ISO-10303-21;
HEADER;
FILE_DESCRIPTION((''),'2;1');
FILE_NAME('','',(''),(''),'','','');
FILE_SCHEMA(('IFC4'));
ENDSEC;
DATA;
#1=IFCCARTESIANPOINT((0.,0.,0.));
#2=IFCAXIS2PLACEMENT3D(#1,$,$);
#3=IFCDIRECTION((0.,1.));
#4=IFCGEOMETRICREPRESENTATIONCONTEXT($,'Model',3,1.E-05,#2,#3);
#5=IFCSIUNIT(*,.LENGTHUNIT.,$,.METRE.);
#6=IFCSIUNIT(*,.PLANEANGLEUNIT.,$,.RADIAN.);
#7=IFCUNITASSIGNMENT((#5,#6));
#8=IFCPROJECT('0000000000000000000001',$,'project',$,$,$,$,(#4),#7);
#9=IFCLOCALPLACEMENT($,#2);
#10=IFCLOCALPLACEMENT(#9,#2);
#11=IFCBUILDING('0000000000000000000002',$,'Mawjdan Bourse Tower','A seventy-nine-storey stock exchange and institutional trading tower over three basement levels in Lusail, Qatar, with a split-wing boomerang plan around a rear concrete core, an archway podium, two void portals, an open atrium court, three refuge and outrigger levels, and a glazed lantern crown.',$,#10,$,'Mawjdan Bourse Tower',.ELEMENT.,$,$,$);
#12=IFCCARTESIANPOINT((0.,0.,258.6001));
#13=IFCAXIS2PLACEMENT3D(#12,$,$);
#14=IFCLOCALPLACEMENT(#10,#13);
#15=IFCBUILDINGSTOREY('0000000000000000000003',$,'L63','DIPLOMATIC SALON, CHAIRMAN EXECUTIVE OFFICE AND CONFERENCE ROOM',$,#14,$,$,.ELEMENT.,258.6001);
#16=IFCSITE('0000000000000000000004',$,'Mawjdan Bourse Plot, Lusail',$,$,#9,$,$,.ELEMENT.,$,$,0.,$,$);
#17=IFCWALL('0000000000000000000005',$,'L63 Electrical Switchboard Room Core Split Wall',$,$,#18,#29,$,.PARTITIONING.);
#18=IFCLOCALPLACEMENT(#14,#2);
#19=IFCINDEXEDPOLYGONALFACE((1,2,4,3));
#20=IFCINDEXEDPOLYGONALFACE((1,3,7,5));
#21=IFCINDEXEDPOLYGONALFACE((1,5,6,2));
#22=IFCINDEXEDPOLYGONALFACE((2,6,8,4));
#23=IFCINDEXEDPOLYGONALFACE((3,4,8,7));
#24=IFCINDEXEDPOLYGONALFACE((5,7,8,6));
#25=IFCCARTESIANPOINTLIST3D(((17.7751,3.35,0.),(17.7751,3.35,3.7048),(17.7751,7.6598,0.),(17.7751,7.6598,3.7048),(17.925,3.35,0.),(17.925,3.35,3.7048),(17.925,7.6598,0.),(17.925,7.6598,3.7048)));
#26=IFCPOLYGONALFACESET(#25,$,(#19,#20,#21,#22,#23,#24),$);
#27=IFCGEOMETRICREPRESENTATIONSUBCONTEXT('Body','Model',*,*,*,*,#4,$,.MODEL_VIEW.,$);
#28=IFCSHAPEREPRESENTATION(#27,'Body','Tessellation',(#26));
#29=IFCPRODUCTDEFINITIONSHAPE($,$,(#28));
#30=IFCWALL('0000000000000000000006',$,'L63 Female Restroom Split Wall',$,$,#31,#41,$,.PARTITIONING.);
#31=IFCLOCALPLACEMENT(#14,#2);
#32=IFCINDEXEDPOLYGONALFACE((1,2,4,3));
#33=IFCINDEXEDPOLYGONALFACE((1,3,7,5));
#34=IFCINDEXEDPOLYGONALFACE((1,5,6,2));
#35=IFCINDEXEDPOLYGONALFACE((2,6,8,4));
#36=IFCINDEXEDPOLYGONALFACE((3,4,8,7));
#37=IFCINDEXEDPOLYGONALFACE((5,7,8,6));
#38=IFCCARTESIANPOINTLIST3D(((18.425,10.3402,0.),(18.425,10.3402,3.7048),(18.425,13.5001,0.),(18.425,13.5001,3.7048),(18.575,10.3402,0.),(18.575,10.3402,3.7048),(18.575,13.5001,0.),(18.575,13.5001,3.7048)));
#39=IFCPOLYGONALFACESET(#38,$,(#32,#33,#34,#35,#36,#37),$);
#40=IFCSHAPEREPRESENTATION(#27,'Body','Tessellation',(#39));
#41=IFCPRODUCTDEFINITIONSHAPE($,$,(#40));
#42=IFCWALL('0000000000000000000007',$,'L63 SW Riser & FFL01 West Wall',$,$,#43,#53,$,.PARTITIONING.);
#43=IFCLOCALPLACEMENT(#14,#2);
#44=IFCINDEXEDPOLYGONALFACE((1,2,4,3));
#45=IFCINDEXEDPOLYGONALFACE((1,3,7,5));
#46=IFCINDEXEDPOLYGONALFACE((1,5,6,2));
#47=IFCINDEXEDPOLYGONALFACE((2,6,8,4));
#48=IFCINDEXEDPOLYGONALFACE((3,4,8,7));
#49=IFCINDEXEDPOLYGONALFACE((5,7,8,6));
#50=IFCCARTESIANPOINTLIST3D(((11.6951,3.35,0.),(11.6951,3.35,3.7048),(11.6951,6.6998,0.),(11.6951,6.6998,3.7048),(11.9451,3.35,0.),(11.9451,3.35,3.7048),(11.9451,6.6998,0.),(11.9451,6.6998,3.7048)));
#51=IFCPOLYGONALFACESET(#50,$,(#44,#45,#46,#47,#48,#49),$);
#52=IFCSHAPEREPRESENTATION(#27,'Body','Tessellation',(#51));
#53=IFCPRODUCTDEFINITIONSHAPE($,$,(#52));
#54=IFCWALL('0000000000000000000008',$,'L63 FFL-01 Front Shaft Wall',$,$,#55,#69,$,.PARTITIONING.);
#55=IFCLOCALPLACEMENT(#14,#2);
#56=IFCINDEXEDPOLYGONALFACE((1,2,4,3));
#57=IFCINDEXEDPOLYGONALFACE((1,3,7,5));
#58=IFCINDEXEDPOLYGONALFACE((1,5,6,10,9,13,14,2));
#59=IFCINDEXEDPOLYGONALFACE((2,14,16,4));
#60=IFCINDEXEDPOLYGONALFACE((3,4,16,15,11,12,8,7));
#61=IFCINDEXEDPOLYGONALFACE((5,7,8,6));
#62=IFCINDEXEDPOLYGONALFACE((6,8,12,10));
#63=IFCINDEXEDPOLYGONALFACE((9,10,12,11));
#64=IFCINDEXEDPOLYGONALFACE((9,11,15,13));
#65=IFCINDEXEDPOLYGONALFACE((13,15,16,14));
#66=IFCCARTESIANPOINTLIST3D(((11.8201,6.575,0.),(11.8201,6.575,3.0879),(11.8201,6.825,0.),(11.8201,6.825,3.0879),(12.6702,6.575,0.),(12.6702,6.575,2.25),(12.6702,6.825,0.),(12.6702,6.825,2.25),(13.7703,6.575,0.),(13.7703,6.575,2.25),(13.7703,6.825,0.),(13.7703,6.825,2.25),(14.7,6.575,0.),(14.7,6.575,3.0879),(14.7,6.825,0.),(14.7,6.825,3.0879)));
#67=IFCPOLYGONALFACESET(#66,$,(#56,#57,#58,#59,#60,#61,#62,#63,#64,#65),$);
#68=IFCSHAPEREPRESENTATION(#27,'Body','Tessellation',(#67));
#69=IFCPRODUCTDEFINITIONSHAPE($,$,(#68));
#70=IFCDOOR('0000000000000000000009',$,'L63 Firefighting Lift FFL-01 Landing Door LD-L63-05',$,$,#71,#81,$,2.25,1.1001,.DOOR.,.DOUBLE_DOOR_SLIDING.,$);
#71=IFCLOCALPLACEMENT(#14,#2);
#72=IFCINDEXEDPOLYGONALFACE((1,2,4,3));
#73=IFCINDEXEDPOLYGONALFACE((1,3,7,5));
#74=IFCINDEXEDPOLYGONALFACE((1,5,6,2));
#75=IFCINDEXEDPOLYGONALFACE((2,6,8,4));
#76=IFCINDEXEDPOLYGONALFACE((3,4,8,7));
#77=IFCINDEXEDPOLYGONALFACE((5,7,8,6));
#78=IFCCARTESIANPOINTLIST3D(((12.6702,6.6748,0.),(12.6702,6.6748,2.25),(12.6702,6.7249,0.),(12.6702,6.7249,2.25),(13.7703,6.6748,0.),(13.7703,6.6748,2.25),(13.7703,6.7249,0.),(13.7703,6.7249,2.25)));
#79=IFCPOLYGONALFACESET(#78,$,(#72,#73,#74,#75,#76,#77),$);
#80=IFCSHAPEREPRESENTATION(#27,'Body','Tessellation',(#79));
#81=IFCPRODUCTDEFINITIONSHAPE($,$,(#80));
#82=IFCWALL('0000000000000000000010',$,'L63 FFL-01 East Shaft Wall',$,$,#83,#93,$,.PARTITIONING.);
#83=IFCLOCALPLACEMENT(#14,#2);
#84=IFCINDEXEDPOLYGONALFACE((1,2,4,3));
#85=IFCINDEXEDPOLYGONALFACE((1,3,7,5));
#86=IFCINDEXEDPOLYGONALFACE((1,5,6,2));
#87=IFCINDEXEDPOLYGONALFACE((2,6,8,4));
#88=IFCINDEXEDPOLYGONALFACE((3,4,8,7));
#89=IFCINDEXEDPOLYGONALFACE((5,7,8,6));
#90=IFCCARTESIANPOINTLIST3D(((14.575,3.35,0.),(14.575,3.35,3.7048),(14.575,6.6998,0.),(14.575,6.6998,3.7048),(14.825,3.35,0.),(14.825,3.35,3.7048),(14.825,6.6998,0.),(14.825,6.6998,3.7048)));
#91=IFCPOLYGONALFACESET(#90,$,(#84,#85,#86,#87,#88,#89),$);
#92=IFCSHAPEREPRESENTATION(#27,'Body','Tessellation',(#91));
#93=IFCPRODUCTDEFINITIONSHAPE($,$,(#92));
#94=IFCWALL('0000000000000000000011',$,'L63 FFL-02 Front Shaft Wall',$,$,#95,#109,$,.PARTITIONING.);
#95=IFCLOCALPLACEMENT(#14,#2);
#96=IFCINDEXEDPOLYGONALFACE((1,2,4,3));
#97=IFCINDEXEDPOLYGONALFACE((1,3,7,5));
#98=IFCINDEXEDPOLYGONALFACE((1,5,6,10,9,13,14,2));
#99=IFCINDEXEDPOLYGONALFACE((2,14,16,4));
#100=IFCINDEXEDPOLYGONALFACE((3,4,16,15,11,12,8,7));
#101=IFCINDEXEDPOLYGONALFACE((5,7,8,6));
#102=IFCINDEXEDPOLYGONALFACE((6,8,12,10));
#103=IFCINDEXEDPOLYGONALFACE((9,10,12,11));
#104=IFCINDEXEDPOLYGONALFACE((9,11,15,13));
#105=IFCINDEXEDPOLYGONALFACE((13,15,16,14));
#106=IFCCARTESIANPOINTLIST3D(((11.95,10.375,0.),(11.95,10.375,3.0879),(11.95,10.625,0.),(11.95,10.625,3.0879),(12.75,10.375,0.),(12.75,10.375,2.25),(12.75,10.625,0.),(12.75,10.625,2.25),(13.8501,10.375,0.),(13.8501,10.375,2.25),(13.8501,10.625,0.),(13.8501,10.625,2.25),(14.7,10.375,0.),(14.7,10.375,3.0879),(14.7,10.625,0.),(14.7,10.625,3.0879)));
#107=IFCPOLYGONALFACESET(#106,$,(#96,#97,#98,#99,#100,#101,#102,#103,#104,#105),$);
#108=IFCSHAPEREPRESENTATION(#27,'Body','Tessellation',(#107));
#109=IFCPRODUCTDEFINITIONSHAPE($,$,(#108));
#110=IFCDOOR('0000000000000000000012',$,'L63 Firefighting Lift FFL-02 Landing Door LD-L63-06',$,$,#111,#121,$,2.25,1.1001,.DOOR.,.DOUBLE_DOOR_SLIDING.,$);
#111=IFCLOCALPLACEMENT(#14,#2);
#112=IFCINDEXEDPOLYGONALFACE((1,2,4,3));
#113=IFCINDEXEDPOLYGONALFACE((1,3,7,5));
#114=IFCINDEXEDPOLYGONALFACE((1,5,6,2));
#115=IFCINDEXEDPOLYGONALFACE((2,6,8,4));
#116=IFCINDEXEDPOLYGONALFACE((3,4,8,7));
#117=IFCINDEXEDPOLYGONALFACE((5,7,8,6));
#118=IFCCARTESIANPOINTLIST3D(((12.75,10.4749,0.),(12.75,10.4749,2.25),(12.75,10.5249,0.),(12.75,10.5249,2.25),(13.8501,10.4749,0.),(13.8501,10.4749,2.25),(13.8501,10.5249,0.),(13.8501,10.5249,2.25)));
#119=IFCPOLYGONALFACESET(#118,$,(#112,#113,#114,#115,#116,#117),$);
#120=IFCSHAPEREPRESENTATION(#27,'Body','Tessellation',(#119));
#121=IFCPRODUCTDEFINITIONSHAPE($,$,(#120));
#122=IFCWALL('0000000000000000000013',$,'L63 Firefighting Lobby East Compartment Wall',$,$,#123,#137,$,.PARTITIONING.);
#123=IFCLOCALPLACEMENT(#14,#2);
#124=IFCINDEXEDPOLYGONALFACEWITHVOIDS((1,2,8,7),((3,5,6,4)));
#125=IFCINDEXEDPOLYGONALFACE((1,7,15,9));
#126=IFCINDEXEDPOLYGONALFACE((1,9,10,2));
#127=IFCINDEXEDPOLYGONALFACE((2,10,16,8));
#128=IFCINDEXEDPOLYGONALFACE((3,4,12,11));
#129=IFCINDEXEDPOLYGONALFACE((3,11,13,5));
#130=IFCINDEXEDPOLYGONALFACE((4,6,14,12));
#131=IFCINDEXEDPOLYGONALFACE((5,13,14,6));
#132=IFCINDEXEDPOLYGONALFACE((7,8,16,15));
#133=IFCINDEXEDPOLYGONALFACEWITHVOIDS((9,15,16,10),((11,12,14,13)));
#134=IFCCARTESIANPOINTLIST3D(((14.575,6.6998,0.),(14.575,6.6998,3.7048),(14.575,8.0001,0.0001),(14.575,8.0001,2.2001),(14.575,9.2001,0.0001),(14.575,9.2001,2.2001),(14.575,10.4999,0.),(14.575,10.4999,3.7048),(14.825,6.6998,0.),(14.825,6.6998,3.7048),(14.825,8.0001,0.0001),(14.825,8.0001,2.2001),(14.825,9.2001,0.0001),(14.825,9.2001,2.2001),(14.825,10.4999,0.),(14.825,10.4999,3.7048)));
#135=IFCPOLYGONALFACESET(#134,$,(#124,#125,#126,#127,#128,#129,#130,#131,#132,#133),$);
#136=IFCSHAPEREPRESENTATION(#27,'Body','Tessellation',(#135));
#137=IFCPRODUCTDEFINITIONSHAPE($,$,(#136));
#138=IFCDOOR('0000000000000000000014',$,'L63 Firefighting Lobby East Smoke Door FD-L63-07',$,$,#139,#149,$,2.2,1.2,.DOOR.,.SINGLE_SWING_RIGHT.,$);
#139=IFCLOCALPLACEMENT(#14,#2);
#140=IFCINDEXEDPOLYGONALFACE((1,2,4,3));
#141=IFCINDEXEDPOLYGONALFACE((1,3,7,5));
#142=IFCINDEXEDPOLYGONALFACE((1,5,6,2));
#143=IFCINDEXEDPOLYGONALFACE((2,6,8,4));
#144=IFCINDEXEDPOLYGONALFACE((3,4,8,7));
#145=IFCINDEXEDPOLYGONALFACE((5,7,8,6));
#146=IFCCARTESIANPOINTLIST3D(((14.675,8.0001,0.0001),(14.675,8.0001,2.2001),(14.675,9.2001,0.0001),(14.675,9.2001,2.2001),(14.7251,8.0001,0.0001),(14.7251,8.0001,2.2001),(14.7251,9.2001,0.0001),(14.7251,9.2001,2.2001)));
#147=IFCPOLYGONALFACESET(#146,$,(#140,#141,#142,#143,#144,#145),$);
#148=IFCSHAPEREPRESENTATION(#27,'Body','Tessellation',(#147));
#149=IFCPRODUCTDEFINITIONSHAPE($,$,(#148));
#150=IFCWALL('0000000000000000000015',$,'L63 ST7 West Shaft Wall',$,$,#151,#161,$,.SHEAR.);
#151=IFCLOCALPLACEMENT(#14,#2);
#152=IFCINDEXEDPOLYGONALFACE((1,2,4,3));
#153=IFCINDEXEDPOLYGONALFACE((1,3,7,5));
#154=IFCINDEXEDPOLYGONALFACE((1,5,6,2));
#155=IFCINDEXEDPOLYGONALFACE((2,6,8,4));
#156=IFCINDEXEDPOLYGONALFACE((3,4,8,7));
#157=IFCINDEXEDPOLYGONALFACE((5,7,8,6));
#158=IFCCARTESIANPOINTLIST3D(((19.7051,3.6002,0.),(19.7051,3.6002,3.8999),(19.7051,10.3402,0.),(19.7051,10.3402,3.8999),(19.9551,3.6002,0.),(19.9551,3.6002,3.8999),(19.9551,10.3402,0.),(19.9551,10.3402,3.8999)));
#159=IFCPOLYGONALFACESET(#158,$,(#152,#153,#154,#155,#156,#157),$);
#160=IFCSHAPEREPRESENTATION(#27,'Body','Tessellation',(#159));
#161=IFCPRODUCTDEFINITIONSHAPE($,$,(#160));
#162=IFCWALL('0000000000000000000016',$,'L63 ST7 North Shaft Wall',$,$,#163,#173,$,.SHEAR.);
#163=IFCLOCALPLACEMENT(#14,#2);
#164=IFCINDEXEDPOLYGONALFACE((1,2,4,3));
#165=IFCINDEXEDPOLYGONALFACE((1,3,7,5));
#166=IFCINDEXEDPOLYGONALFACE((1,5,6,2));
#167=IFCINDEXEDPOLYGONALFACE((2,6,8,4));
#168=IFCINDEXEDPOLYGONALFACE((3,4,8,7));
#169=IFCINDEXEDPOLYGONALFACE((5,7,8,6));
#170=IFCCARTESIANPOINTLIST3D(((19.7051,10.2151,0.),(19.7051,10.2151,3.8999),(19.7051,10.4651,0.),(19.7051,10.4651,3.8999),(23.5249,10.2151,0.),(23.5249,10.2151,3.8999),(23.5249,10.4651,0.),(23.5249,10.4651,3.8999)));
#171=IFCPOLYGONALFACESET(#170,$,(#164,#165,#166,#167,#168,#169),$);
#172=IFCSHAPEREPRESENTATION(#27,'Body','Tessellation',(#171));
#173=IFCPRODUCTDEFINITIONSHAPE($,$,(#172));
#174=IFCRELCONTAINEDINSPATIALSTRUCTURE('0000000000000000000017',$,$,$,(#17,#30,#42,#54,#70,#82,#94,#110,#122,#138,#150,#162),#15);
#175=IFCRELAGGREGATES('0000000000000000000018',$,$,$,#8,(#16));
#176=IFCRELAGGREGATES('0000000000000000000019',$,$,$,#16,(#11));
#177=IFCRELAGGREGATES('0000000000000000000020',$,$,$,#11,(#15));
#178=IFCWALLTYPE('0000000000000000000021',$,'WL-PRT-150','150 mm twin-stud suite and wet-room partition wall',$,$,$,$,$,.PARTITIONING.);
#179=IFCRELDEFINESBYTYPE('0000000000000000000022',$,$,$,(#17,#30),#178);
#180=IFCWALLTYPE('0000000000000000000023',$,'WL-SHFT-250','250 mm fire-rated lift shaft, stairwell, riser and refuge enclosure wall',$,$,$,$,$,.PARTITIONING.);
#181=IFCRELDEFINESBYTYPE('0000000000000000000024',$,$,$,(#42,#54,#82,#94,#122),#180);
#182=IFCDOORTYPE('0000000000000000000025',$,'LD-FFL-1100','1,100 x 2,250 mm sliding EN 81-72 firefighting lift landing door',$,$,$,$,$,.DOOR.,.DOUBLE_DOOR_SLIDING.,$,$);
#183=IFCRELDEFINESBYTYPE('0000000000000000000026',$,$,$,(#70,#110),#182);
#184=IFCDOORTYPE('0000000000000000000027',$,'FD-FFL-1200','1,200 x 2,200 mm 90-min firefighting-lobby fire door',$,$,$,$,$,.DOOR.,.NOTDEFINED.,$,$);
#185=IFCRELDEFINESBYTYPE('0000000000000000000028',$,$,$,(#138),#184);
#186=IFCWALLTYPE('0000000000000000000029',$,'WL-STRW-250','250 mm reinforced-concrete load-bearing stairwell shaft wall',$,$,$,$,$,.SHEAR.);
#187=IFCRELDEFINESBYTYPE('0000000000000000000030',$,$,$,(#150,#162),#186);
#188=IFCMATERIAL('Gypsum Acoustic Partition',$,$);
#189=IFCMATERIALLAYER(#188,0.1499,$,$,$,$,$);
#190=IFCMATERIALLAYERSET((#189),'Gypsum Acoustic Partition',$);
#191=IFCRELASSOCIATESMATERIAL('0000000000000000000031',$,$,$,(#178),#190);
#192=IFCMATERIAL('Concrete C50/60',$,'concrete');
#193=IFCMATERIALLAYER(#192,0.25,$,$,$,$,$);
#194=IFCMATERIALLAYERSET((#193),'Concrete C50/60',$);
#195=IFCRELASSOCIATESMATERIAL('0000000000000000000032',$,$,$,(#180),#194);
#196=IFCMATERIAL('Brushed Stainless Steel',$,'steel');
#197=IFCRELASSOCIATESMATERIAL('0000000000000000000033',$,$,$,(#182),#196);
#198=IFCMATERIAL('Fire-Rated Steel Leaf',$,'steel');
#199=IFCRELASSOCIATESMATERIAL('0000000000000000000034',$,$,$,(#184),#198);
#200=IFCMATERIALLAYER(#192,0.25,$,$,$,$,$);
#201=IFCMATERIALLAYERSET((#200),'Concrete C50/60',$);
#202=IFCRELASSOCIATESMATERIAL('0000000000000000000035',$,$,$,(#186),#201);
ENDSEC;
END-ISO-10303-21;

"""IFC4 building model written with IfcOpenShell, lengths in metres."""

from ifc_helpers import new_model, si_unit, direction, frame, frame_2d, origin, place, context, subcontext, project, spatial, rectangle, extrude, material, layer, layer_set, type_object, element, fill, save


model = new_model("IFC4")

# Units and contexts
model_context = context("Model", 3, precision=1e-05, world=origin(), true_north=direction((0.0, 1.0)))
body_context = subcontext(model_context, "Body", "Model", "MODEL_VIEW")
ifc_project = project(units=[si_unit("LENGTHUNIT", "METRE"), si_unit("PLANEANGLEUNIT", "RADIAN")], contexts=[model_context])

# Site, building, storey
site_placement = place(None, origin())
site = spatial("IfcSite", under=ifc_project, at=site_placement, Name="Mawjdan Bourse Plot, Lusail", CompositionType="ELEMENT", RefElevation=0.0)
building_placement = place(site_placement, origin())
building = spatial("IfcBuilding", under=site, at=building_placement, Name="Mawjdan Bourse Tower", Description="A seventy-nine-storey stock exchange and institutional trading tower over three basement levels in Lusail, Qatar, with a split-wing boomerang plan around a rear concrete core, an archway podium, two void portals, an open atrium court, three refuge and outrigger levels, and a glazed lantern crown.", LongName="Mawjdan Bourse Tower", CompositionType="ELEMENT")
storey_placement = place(building_placement, frame((0.0, 0.0, 258.6001)))
storey = spatial("IfcBuildingStorey", under=building, at=storey_placement, Name="L63", Description="DIPLOMATIC SALON, CHAIRMAN EXECUTIVE OFFICE AND CONFERENCE ROOM", CompositionType="ELEMENT", Elevation=258.6001)

# Walls
ifc_material_1 = material(Name="Gypsum Acoustic Partition")
ifc_layer_1 = layer(ifc_material_1, 0.1499)
ifc_layer_set_1 = layer_set([ifc_layer_1], Name="Gypsum Acoustic Partition")
wall_type_1 = type_object("IfcWallType", Name="WL-PRT-150", Description="150 mm twin-stud suite and wet-room partition wall", PredefinedType="PARTITIONING", material=ifc_layer_set_1)
wall_1_placement = place(storey_placement, frame((17.8501, 3.3501, 0.0), z_axis=(0.0, 0.0, 1.0), x_axis=(0.0, 1.0, 0.0)))
element("IfcWall", 1, at=wall_1_placement, inside=storey, type_object=wall_type_1, Name="L63 Electrical Switchboard Room Core Split Wall", PredefinedType="PARTITIONING", context=body_context, shape_type="SweptSolid", body=[
    extrude(rectangle(XDim=4.3098, YDim=0.1499, at=frame_2d((2.1548, 0.0))), origin(), (0.0, 0.0, 1.0), 3.7048),
])
wall_2_placement = place(storey_placement, frame((18.5, 10.3401, 0.0), z_axis=(0.0, 0.0, 1.0), x_axis=(0.0, 1.0, 0.0)))
element("IfcWall", 2, at=wall_2_placement, inside=storey, type_object=wall_type_1, Name="L63 Female Restroom Split Wall", PredefinedType="PARTITIONING", context=body_context, shape_type="SweptSolid", body=[
    extrude(rectangle(XDim=3.1599, YDim=0.1499, at=frame_2d((1.5801, 0.0))), origin(), (0.0, 0.0, 1.0), 3.7048),
])
ifc_material_2 = material(Name="Concrete C50/60", Category="concrete")
ifc_layer_2 = layer(ifc_material_2, 0.25)
ifc_layer_set_2 = layer_set([ifc_layer_2], Name="Concrete C50/60")
wall_type_2 = type_object("IfcWallType", Name="WL-SHFT-250", Description="250 mm fire-rated lift shaft, stairwell, riser and refuge enclosure wall", PredefinedType="PARTITIONING", material=ifc_layer_set_2)
wall_3_placement = place(storey_placement, frame((11.8201, 3.3501, 0.0), z_axis=(0.0, 0.0, 1.0), x_axis=(0.0, 1.0, 0.0)))
element("IfcWall", 3, at=wall_3_placement, inside=storey, type_object=wall_type_2, Name="L63 SW Riser & FFL01 West Wall", PredefinedType="PARTITIONING", context=body_context, shape_type="SweptSolid", body=[
    extrude(rectangle(XDim=3.3499, YDim=0.25, at=frame_2d((1.6748, 0.0))), origin(), (0.0, 0.0, 1.0), 3.7048),
])

# Wall, opening, door
wall_4_placement = place(storey_placement, frame((11.8201, 6.7, 0.0), z_axis=(0.0, 0.0, 1.0), x_axis=(1.0, 0.0, 0.0)))
wall_4 = element("IfcWall", 4, at=wall_4_placement, inside=storey, type_object=wall_type_2, Name="L63 FFL-01 Front Shaft Wall", PredefinedType="PARTITIONING", context=body_context, shape_type="SweptSolid", body=[
    extrude(rectangle(XDim=2.8799, YDim=0.25, at=frame_2d((1.4399, 0.0))), origin(), (0.0, 0.0, 1.0), 3.0879),
])
opening_1_placement = place(wall_4_placement, frame((0.8501, 0.0, 0.0)))
opening_1 = element("IfcOpeningElement", 5, at=opening_1_placement, cuts=wall_4, PredefinedType="OPENING", context=body_context, shape_type="SweptSolid", body=[
    extrude(rectangle(XDim=1.1001, YDim=2.25, at=frame_2d((0.55, 1.125))), frame((0.0, 0.135, 0.0), z_axis=(0.0, -1.0, 0.0), x_axis=(1.0, 0.0, 0.0)), (0.0, 0.0, 1.0), 0.27),
])
ifc_material_3 = material(Name="Brushed Stainless Steel", Category="steel")
door_type_1 = type_object("IfcDoorType", Name="LD-FFL-1100", Description="1,100 x 2,250 mm sliding EN 81-72 firefighting lift landing door", OperationType="DOUBLE_DOOR_SLIDING", PredefinedType="DOOR", material=ifc_material_3)
door_1_placement = place(opening_1_placement, origin())
door_1 = element("IfcDoor", 6, at=door_1_placement, inside=storey, type_object=door_type_1, Name="L63 Firefighting Lift FFL-01 Landing Door LD-L63-05", OperationType="DOUBLE_DOOR_SLIDING", OverallHeight=2.25, OverallWidth=1.1001, PredefinedType="DOOR", context=body_context, shape_type="SweptSolid", body=[
    extrude(rectangle(XDim=1.1001, YDim=2.25, at=frame_2d((0.55, 1.125))), frame((0.0, 0.0249, 0.0), z_axis=(0.0, -1.0, 0.0), x_axis=(1.0, 0.0, 0.0)), (0.0, 0.0, 1.0), 0.05),
])
fill(opening_1, door_1)

# Wall
wall_5_placement = place(storey_placement, frame((14.7, 3.3501, 0.0), z_axis=(0.0, 0.0, 1.0), x_axis=(0.0, 1.0, 0.0)))
element("IfcWall", 7, at=wall_5_placement, inside=storey, type_object=wall_type_2, Name="L63 FFL-01 East Shaft Wall", PredefinedType="PARTITIONING", context=body_context, shape_type="SweptSolid", body=[
    extrude(rectangle(XDim=3.3499, YDim=0.25, at=frame_2d((1.6748, 0.0))), origin(), (0.0, 0.0, 1.0), 3.7048),
])

# Walls, openings, doors
wall_6_placement = place(storey_placement, frame((11.95, 10.5, 0.0), z_axis=(0.0, 0.0, 1.0), x_axis=(1.0, 0.0, 0.0)))
wall_6 = element("IfcWall", 8, at=wall_6_placement, inside=storey, type_object=wall_type_2, Name="L63 FFL-02 Front Shaft Wall", PredefinedType="PARTITIONING", context=body_context, shape_type="SweptSolid", body=[
    extrude(rectangle(XDim=2.75, YDim=0.25, at=frame_2d((1.375, 0.0))), origin(), (0.0, 0.0, 1.0), 3.0879),
])
opening_2_placement = place(wall_6_placement, frame((0.8, 0.0, 0.0)))
opening_2 = element("IfcOpeningElement", 9, at=opening_2_placement, cuts=wall_6, PredefinedType="OPENING", context=body_context, shape_type="SweptSolid", body=[
    extrude(rectangle(XDim=1.1001, YDim=2.25, at=frame_2d((0.55, 1.125))), frame((0.0, 0.135, 0.0), z_axis=(0.0, -1.0, 0.0), x_axis=(1.0, 0.0, 0.0)), (0.0, 0.0, 1.0), 0.27),
])
door_2_placement = place(opening_2_placement, origin())
door_2 = element("IfcDoor", 10, at=door_2_placement, inside=storey, type_object=door_type_1, Name="L63 Firefighting Lift FFL-02 Landing Door LD-L63-06", OperationType="DOUBLE_DOOR_SLIDING", OverallHeight=2.25, OverallWidth=1.1001, PredefinedType="DOOR", context=body_context, shape_type="SweptSolid", body=[
    extrude(rectangle(XDim=1.1001, YDim=2.25, at=frame_2d((0.55, 1.125))), frame((0.0, 0.0249, 0.0), z_axis=(0.0, -1.0, 0.0), x_axis=(1.0, 0.0, 0.0)), (0.0, 0.0, 1.0), 0.05),
])
fill(opening_2, door_2)
wall_7_placement = place(storey_placement, frame((14.7, 6.7, 0.0), z_axis=(0.0, 0.0, 1.0), x_axis=(0.0, 1.0, 0.0)))
wall_7 = element("IfcWall", 11, at=wall_7_placement, inside=storey, type_object=wall_type_2, Name="L63 Firefighting Lobby East Compartment Wall", PredefinedType="PARTITIONING", context=body_context, shape_type="SweptSolid", body=[
    extrude(rectangle(XDim=3.8, YDim=0.25, at=frame_2d((1.8999, 0.0))), origin(), (0.0, 0.0, 1.0), 3.7048),
])
opening_3_placement = place(wall_7_placement, frame((1.3, 0.0, 0.0)))
opening_3 = element("IfcOpeningElement", 12, at=opening_3_placement, cuts=wall_7, PredefinedType="OPENING", context=body_context, shape_type="SweptSolid", body=[
    extrude(rectangle(XDim=1.2, YDim=2.2, at=frame_2d((0.6001, 1.1001))), frame((0.0, 0.135, 0.0), z_axis=(0.0, -1.0, 0.0), x_axis=(1.0, 0.0, 0.0)), (0.0, 0.0, 1.0), 0.27),
])
ifc_material_4 = material(Name="Fire-Rated Steel Leaf", Category="steel")
door_type_2 = type_object("IfcDoorType", Name="FD-FFL-1200", Description="1,200 x 2,200 mm 90-min firefighting-lobby fire door", OperationType="NOTDEFINED", PredefinedType="DOOR", material=ifc_material_4)
door_3_placement = place(opening_3_placement, origin())
door_3 = element("IfcDoor", 13, at=door_3_placement, inside=storey, type_object=door_type_2, Name="L63 Firefighting Lobby East Smoke Door FD-L63-07", OperationType="SINGLE_SWING_RIGHT", OverallHeight=2.2, OverallWidth=1.2, PredefinedType="DOOR", context=body_context, shape_type="SweptSolid", body=[
    extrude(rectangle(XDim=1.2, YDim=2.2, at=frame_2d((0.6001, 1.1001))), frame((0.0, 0.0249, 0.0), z_axis=(0.0, -1.0, 0.0), x_axis=(1.0, 0.0, 0.0)), (0.0, 0.0, 1.0), 0.05),
])
fill(opening_3, door_3)

# Walls
ifc_layer_3 = layer(ifc_material_2, 0.25)
ifc_layer_set_3 = layer_set([ifc_layer_3], Name="Concrete C50/60")
wall_type_3 = type_object("IfcWallType", Name="WL-STRW-250", Description="250 mm reinforced-concrete load-bearing stairwell shaft wall", PredefinedType="SHEAR", material=ifc_layer_set_3)
wall_8_placement = place(storey_placement, frame((19.8301, 3.6001, 0.0), z_axis=(0.0, 0.0, 1.0), x_axis=(0.0, 1.0, 0.0)))
element("IfcWall", 14, at=wall_8_placement, inside=storey, type_object=wall_type_3, Name="L63 ST7 West Shaft Wall", PredefinedType="SHEAR", context=body_context, shape_type="SweptSolid", body=[
    extrude(rectangle(XDim=6.74, YDim=0.25, at=frame_2d((3.3701, 0.0))), origin(), (0.0, 0.0, 1.0), 3.8999),
])
wall_9_placement = place(storey_placement, frame((19.7051, 10.3401, 0.0), z_axis=(0.0, 0.0, 1.0), x_axis=(1.0, 0.0, 0.0)))
element("IfcWall", 15, at=wall_9_placement, inside=storey, type_object=wall_type_3, Name="L63 ST7 North Shaft Wall", PredefinedType="SHEAR", context=body_context, shape_type="SweptSolid", body=[
    extrude(rectangle(XDim=3.8198, YDim=0.25, at=frame_2d((1.9099, 0.0))), origin(), (0.0, 0.0, 1.0), 3.8999),
])

save(model, "model.ifc")
